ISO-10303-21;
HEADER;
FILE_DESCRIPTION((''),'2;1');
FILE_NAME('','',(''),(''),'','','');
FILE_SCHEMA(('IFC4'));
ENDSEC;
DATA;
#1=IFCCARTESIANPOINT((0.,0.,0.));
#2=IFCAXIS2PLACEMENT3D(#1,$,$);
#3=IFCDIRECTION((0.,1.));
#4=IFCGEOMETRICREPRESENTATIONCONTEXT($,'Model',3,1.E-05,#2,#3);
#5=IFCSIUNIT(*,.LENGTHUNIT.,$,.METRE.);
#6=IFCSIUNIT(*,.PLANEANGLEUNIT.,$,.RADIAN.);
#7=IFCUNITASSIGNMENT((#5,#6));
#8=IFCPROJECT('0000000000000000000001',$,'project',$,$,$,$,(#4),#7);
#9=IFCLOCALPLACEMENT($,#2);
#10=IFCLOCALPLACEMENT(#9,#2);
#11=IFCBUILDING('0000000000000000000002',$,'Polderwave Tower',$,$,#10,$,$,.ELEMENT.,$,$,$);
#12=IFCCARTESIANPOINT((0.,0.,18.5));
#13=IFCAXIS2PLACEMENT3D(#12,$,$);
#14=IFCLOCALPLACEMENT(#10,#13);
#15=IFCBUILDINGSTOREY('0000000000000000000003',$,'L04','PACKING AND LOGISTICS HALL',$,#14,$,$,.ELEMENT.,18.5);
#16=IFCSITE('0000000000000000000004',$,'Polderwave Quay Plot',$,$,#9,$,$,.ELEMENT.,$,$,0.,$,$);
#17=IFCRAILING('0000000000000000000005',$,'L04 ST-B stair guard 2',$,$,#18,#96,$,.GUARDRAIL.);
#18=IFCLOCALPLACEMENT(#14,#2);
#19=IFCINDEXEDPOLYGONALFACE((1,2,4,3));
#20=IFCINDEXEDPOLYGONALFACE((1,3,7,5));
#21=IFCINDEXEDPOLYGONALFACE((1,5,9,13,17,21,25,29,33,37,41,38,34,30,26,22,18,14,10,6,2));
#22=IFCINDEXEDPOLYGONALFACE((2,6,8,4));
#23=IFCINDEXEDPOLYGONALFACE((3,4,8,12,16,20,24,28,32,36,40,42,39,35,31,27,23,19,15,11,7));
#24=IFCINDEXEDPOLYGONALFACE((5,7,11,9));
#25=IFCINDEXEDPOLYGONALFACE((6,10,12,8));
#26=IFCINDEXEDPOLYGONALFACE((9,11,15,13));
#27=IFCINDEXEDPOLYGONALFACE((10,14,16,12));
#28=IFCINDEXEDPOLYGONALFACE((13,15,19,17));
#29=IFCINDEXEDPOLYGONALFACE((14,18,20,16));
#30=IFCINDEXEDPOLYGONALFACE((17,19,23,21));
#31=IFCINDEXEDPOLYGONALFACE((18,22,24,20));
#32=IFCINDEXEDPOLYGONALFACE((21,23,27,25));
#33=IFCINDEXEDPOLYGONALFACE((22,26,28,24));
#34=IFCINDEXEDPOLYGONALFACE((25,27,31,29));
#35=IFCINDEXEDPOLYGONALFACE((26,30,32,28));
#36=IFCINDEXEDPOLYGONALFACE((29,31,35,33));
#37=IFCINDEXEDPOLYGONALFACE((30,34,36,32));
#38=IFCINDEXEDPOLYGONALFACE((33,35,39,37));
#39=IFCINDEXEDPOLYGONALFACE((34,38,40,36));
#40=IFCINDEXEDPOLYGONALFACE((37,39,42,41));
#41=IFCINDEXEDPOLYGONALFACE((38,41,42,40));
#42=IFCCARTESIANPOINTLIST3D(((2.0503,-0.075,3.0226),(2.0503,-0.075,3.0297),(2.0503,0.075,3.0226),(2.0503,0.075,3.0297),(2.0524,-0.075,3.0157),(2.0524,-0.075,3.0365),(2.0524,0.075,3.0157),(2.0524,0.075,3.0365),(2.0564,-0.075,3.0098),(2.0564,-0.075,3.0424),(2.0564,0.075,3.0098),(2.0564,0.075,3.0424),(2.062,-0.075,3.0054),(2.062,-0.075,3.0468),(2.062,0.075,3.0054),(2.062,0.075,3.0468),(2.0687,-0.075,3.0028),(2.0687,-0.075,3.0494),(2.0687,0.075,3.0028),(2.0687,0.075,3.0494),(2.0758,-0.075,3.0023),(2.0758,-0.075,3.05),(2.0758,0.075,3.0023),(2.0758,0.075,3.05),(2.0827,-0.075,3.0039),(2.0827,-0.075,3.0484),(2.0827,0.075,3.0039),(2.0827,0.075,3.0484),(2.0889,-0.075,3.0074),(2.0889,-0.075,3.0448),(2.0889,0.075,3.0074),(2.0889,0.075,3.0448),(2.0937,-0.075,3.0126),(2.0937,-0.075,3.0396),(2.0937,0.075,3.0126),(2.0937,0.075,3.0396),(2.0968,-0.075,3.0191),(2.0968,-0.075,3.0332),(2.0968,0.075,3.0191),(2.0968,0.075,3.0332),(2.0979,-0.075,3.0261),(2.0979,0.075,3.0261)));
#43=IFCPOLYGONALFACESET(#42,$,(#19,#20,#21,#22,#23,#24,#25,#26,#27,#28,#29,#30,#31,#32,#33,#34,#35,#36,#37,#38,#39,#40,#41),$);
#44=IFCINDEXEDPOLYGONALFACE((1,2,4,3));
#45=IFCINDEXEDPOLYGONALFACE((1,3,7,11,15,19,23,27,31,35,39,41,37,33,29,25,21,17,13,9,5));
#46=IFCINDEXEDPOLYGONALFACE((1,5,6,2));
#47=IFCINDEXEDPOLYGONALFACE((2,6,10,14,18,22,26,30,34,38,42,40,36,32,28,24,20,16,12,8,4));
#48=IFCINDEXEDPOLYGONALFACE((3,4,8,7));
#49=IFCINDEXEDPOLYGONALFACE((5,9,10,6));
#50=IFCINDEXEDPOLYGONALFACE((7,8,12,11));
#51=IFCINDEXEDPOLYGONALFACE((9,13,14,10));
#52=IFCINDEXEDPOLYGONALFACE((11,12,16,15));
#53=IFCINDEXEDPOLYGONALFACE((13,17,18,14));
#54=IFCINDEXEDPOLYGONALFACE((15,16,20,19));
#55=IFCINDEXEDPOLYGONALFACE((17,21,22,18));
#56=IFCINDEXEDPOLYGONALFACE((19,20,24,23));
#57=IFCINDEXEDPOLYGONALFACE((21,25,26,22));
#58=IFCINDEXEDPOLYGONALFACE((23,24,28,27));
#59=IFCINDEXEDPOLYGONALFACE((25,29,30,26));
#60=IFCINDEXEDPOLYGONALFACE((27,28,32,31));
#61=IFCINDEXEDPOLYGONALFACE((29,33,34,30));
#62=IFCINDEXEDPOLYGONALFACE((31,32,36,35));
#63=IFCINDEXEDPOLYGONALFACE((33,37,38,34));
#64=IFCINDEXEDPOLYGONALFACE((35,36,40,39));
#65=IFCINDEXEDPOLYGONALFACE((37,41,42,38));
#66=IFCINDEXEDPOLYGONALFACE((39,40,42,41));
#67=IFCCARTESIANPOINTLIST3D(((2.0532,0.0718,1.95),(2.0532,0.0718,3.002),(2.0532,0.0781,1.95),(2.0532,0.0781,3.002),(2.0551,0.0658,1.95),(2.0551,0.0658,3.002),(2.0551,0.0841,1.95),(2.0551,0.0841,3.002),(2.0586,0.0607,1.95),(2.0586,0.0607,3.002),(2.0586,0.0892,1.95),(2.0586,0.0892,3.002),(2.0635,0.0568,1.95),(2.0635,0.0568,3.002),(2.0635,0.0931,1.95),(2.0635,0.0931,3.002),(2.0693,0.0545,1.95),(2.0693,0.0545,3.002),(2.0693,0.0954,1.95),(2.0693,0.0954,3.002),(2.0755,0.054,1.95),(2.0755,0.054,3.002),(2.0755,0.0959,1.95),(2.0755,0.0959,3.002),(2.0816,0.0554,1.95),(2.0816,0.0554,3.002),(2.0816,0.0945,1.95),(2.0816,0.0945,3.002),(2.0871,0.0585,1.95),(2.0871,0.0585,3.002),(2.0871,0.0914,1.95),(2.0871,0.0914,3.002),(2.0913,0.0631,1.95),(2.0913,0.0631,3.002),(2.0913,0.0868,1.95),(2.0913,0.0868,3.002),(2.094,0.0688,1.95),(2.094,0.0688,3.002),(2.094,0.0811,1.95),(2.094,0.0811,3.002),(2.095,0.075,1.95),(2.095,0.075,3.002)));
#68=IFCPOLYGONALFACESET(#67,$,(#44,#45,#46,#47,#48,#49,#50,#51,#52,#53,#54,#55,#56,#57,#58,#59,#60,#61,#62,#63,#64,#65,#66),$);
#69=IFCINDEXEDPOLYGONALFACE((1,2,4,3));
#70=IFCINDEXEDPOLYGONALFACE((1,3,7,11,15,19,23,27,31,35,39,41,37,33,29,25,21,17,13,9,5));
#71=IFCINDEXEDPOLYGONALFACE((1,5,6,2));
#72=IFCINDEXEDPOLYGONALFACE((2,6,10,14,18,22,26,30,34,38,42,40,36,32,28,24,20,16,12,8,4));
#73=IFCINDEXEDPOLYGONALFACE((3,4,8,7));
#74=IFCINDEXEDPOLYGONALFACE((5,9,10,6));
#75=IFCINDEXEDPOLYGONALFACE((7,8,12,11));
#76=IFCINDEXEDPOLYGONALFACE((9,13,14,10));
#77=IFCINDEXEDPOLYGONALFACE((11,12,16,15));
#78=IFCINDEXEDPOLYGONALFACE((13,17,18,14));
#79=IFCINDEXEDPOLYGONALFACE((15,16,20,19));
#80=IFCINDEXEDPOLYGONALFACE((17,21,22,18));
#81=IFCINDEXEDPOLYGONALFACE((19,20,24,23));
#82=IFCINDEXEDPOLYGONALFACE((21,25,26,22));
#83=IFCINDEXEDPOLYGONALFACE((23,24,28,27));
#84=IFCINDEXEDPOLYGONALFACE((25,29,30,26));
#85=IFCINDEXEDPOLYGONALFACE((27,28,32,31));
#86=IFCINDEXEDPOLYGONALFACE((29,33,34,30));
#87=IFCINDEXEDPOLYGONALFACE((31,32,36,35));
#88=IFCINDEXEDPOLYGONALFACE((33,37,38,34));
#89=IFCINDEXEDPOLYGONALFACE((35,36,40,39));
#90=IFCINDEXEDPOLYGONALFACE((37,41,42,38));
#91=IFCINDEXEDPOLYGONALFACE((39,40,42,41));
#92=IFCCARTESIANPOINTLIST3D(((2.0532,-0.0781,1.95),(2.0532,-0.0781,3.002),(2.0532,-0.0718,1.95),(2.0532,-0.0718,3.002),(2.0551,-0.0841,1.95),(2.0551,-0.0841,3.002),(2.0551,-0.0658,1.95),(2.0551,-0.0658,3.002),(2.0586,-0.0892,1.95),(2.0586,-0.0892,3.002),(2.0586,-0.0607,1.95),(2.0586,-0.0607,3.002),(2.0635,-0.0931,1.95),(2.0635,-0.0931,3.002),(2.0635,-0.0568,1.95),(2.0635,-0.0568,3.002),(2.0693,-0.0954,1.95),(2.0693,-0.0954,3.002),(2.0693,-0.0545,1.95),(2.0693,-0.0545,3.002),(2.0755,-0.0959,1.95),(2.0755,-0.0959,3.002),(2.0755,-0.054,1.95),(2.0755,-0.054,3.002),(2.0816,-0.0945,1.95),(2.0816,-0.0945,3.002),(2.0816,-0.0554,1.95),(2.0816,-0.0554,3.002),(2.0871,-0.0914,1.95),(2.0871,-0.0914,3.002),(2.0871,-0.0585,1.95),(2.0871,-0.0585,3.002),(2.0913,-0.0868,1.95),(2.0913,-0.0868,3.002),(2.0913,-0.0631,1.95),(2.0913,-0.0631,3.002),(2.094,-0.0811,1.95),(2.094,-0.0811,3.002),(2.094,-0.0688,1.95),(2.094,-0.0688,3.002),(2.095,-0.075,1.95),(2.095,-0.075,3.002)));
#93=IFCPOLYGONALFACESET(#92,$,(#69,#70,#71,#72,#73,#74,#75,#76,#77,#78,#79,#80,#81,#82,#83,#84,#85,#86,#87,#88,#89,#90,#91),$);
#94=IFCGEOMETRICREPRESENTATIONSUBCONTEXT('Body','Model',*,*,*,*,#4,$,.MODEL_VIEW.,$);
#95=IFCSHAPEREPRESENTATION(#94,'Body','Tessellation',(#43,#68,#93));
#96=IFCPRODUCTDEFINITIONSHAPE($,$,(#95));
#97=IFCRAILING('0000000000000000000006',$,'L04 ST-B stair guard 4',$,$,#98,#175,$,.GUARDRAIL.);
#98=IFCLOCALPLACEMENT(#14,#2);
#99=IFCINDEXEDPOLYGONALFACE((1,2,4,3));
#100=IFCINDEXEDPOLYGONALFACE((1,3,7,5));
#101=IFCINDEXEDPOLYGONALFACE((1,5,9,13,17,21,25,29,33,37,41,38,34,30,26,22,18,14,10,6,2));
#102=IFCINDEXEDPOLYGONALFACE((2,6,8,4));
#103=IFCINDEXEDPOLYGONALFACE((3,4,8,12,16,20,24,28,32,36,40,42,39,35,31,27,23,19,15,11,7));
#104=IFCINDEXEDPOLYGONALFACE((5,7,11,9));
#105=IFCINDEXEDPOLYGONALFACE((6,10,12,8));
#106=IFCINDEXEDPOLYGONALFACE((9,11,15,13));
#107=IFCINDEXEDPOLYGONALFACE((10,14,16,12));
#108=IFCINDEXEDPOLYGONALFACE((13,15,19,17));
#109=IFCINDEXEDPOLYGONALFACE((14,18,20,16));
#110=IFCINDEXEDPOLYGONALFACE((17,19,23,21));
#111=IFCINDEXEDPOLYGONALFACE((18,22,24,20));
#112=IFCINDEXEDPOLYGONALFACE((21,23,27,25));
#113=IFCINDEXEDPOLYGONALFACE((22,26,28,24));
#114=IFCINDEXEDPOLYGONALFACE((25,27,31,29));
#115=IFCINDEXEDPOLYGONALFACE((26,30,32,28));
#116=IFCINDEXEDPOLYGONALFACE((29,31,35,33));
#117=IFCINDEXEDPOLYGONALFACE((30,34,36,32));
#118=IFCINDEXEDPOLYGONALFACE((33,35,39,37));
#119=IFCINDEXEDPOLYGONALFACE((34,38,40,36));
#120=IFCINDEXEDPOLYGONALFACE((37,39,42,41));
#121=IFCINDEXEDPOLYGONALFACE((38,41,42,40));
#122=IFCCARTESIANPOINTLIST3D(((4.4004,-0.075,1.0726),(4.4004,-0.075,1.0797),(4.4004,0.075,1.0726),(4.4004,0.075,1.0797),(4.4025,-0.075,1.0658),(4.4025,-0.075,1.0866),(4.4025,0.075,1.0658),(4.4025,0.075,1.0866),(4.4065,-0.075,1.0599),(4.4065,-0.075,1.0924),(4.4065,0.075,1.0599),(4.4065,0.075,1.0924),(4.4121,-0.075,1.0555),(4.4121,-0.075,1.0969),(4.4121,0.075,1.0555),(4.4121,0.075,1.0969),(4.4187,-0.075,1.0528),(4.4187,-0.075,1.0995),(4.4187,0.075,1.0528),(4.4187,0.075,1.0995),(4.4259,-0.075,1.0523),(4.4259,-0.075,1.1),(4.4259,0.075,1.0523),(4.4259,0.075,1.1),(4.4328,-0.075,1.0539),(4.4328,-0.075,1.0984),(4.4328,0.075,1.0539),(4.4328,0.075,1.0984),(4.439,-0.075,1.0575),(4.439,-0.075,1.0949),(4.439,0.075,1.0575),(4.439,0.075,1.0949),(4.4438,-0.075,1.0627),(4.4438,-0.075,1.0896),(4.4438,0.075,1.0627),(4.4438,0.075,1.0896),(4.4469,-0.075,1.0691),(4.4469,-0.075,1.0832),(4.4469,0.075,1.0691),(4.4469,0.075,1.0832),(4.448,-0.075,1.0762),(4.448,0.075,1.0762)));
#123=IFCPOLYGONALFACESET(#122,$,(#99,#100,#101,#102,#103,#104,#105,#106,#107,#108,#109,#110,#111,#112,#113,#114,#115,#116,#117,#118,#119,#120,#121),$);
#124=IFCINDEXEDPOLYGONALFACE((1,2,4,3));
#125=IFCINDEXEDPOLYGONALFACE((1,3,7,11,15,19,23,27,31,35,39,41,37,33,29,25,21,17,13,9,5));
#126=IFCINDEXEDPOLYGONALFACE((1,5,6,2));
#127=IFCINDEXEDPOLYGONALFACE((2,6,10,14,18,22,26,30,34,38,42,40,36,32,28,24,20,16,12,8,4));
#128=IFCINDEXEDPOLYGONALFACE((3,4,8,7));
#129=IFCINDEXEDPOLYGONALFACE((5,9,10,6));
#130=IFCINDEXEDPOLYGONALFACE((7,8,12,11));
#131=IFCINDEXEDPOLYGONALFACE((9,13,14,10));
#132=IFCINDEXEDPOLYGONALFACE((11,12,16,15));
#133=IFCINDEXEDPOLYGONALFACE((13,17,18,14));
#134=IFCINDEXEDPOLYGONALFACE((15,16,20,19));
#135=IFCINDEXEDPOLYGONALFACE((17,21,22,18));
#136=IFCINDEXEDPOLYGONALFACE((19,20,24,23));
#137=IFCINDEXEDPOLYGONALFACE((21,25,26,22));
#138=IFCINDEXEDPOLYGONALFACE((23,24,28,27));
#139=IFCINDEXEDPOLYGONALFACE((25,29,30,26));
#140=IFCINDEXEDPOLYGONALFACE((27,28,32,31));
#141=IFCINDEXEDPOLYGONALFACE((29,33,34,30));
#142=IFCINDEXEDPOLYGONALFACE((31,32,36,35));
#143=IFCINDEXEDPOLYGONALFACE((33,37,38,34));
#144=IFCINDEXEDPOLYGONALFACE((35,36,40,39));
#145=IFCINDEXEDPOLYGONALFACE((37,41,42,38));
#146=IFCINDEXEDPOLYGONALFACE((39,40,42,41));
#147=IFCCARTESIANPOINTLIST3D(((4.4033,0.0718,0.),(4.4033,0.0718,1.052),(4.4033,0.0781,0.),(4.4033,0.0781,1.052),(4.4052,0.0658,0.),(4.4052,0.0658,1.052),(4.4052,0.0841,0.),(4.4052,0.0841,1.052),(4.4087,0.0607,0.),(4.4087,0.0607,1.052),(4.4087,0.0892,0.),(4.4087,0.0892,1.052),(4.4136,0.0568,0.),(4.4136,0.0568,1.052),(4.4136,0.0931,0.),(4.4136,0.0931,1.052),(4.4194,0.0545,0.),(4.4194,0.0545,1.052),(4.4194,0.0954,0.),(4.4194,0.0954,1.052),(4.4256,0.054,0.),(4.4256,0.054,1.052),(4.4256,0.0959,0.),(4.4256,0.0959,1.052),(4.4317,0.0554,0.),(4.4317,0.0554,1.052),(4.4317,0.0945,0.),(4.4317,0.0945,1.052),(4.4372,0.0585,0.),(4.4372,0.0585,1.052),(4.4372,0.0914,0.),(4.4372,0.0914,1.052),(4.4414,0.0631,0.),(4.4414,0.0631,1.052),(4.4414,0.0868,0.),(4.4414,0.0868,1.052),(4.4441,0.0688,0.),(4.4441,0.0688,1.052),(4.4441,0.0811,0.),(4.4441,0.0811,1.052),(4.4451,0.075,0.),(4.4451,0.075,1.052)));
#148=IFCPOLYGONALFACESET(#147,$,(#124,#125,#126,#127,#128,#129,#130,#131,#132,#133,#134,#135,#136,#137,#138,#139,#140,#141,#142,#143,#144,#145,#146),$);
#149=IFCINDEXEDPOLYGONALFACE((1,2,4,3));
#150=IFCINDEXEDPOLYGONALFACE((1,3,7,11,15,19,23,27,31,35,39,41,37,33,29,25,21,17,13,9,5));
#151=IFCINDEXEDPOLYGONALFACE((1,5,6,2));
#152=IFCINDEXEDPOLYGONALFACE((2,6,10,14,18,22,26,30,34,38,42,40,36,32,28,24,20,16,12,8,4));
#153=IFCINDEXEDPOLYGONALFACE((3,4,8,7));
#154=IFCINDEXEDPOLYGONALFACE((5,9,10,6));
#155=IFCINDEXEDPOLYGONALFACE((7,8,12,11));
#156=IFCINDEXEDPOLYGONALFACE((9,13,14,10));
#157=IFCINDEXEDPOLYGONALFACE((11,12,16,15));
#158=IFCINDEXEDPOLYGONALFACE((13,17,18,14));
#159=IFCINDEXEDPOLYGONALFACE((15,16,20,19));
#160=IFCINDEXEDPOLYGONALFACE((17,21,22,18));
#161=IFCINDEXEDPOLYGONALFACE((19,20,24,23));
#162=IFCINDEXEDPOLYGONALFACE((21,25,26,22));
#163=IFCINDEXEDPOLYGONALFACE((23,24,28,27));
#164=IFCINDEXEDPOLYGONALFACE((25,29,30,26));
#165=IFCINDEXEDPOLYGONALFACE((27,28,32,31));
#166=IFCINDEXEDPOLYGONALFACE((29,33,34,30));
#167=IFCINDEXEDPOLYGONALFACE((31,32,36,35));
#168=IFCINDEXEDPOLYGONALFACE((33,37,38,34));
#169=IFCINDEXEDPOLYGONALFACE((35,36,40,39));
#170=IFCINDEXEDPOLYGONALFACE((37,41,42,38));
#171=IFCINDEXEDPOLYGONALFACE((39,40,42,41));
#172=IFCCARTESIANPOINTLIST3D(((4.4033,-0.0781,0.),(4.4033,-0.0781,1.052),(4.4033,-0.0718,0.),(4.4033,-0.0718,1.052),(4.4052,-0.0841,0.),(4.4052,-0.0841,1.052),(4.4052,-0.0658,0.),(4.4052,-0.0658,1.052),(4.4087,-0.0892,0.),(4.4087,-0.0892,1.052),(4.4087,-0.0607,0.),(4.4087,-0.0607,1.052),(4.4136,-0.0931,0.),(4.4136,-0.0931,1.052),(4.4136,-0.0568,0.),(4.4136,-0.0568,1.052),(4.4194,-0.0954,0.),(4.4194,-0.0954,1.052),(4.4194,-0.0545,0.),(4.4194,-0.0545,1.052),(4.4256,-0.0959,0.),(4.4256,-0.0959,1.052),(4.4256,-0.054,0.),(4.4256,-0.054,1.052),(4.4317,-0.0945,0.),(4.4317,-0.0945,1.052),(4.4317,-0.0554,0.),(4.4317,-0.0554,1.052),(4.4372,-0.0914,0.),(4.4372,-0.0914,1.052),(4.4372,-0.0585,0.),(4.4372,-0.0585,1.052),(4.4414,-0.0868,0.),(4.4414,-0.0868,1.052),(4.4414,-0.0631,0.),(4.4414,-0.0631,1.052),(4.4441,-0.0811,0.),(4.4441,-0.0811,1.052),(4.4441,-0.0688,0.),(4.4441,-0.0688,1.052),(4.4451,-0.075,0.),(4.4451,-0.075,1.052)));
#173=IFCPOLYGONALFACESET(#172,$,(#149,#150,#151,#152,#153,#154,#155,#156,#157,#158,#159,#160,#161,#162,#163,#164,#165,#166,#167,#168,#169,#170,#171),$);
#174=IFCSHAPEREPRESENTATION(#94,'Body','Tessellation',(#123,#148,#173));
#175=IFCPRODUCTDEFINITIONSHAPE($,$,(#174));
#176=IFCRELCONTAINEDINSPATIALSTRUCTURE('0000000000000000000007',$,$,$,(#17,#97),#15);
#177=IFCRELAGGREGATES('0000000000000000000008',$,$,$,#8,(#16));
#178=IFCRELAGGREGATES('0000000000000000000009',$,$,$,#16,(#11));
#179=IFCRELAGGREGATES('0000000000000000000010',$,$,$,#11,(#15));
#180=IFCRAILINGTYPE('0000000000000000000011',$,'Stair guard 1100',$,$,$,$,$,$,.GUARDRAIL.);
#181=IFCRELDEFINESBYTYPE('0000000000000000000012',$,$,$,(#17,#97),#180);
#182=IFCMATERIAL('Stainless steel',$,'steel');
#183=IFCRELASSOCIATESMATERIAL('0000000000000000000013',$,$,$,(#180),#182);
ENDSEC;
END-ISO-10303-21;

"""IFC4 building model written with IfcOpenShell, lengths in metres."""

from ifc_helpers import new_model, si_unit, direction, frame, origin, origin_2d, place, context, subcontext, project, spatial, circle, extrude, material, type_object, element, save


model = new_model("IFC4")

# Units and contexts
model_context = context("Model", 3, precision=1e-05, world=origin(), true_north=direction((0.0, 1.0)))
body_context = subcontext(model_context, "Body", "Model", "MODEL_VIEW")
ifc_project = project(units=[si_unit("LENGTHUNIT", "METRE"), si_unit("PLANEANGLEUNIT", "RADIAN")], contexts=[model_context])

# Site, building, storey
site_placement = place(None, origin())
site = spatial("IfcSite", under=ifc_project, at=site_placement, Name="Polderwave Quay Plot", CompositionType="ELEMENT", RefElevation=0.0)
building_placement = place(site_placement, origin())
building = spatial("IfcBuilding", under=site, at=building_placement, Name="Polderwave Tower", CompositionType="ELEMENT")
storey_placement = place(building_placement, frame((0.0, 0.0, 18.5)))
storey = spatial("IfcBuildingStorey", under=building, at=storey_placement, Name="L04", Description="PACKING AND LOGISTICS HALL", CompositionType="ELEMENT", Elevation=18.5)

# Railings
ifc_material_1 = material(Name="Stainless steel", Category="steel")
railing_type_1 = type_object("IfcRailingType", Name="Stair guard 1100", PredefinedType="GUARDRAIL", material=ifc_material_1)
for number, where, name in (
    (1, (2.074, 0.075, 1.95), "L04 ST-B stair guard 2"),
    (2, (4.4241, 0.075, 0.0), "L04 ST-B stair guard 4"),
):
    element("IfcRailing", number, at=place(storey_placement, frame(where)), inside=storey, type_object=railing_type_1, Name=name, PredefinedType="GUARDRAIL", context=body_context, shape_type="SweptSolid", body=[
        extrude(circle(Radius=0.0239, at=origin_2d()), frame((0.0, 0.0, 1.0762), z_axis=(0.0, -1.0, 0.0), x_axis=(1.0, 0.0, 0.0)), (0.0, 0.0, 1.0), 0.1499),
        extrude(circle(Radius=0.021, at=origin_2d()), origin(), (0.0, 0.0, 1.0), 1.052),
        extrude(circle(Radius=0.021, at=origin_2d()), frame((0.0, -0.1499, 0.0)), (0.0, 0.0, 1.0), 1.052),
    ])

save(model, "model.ifc")
